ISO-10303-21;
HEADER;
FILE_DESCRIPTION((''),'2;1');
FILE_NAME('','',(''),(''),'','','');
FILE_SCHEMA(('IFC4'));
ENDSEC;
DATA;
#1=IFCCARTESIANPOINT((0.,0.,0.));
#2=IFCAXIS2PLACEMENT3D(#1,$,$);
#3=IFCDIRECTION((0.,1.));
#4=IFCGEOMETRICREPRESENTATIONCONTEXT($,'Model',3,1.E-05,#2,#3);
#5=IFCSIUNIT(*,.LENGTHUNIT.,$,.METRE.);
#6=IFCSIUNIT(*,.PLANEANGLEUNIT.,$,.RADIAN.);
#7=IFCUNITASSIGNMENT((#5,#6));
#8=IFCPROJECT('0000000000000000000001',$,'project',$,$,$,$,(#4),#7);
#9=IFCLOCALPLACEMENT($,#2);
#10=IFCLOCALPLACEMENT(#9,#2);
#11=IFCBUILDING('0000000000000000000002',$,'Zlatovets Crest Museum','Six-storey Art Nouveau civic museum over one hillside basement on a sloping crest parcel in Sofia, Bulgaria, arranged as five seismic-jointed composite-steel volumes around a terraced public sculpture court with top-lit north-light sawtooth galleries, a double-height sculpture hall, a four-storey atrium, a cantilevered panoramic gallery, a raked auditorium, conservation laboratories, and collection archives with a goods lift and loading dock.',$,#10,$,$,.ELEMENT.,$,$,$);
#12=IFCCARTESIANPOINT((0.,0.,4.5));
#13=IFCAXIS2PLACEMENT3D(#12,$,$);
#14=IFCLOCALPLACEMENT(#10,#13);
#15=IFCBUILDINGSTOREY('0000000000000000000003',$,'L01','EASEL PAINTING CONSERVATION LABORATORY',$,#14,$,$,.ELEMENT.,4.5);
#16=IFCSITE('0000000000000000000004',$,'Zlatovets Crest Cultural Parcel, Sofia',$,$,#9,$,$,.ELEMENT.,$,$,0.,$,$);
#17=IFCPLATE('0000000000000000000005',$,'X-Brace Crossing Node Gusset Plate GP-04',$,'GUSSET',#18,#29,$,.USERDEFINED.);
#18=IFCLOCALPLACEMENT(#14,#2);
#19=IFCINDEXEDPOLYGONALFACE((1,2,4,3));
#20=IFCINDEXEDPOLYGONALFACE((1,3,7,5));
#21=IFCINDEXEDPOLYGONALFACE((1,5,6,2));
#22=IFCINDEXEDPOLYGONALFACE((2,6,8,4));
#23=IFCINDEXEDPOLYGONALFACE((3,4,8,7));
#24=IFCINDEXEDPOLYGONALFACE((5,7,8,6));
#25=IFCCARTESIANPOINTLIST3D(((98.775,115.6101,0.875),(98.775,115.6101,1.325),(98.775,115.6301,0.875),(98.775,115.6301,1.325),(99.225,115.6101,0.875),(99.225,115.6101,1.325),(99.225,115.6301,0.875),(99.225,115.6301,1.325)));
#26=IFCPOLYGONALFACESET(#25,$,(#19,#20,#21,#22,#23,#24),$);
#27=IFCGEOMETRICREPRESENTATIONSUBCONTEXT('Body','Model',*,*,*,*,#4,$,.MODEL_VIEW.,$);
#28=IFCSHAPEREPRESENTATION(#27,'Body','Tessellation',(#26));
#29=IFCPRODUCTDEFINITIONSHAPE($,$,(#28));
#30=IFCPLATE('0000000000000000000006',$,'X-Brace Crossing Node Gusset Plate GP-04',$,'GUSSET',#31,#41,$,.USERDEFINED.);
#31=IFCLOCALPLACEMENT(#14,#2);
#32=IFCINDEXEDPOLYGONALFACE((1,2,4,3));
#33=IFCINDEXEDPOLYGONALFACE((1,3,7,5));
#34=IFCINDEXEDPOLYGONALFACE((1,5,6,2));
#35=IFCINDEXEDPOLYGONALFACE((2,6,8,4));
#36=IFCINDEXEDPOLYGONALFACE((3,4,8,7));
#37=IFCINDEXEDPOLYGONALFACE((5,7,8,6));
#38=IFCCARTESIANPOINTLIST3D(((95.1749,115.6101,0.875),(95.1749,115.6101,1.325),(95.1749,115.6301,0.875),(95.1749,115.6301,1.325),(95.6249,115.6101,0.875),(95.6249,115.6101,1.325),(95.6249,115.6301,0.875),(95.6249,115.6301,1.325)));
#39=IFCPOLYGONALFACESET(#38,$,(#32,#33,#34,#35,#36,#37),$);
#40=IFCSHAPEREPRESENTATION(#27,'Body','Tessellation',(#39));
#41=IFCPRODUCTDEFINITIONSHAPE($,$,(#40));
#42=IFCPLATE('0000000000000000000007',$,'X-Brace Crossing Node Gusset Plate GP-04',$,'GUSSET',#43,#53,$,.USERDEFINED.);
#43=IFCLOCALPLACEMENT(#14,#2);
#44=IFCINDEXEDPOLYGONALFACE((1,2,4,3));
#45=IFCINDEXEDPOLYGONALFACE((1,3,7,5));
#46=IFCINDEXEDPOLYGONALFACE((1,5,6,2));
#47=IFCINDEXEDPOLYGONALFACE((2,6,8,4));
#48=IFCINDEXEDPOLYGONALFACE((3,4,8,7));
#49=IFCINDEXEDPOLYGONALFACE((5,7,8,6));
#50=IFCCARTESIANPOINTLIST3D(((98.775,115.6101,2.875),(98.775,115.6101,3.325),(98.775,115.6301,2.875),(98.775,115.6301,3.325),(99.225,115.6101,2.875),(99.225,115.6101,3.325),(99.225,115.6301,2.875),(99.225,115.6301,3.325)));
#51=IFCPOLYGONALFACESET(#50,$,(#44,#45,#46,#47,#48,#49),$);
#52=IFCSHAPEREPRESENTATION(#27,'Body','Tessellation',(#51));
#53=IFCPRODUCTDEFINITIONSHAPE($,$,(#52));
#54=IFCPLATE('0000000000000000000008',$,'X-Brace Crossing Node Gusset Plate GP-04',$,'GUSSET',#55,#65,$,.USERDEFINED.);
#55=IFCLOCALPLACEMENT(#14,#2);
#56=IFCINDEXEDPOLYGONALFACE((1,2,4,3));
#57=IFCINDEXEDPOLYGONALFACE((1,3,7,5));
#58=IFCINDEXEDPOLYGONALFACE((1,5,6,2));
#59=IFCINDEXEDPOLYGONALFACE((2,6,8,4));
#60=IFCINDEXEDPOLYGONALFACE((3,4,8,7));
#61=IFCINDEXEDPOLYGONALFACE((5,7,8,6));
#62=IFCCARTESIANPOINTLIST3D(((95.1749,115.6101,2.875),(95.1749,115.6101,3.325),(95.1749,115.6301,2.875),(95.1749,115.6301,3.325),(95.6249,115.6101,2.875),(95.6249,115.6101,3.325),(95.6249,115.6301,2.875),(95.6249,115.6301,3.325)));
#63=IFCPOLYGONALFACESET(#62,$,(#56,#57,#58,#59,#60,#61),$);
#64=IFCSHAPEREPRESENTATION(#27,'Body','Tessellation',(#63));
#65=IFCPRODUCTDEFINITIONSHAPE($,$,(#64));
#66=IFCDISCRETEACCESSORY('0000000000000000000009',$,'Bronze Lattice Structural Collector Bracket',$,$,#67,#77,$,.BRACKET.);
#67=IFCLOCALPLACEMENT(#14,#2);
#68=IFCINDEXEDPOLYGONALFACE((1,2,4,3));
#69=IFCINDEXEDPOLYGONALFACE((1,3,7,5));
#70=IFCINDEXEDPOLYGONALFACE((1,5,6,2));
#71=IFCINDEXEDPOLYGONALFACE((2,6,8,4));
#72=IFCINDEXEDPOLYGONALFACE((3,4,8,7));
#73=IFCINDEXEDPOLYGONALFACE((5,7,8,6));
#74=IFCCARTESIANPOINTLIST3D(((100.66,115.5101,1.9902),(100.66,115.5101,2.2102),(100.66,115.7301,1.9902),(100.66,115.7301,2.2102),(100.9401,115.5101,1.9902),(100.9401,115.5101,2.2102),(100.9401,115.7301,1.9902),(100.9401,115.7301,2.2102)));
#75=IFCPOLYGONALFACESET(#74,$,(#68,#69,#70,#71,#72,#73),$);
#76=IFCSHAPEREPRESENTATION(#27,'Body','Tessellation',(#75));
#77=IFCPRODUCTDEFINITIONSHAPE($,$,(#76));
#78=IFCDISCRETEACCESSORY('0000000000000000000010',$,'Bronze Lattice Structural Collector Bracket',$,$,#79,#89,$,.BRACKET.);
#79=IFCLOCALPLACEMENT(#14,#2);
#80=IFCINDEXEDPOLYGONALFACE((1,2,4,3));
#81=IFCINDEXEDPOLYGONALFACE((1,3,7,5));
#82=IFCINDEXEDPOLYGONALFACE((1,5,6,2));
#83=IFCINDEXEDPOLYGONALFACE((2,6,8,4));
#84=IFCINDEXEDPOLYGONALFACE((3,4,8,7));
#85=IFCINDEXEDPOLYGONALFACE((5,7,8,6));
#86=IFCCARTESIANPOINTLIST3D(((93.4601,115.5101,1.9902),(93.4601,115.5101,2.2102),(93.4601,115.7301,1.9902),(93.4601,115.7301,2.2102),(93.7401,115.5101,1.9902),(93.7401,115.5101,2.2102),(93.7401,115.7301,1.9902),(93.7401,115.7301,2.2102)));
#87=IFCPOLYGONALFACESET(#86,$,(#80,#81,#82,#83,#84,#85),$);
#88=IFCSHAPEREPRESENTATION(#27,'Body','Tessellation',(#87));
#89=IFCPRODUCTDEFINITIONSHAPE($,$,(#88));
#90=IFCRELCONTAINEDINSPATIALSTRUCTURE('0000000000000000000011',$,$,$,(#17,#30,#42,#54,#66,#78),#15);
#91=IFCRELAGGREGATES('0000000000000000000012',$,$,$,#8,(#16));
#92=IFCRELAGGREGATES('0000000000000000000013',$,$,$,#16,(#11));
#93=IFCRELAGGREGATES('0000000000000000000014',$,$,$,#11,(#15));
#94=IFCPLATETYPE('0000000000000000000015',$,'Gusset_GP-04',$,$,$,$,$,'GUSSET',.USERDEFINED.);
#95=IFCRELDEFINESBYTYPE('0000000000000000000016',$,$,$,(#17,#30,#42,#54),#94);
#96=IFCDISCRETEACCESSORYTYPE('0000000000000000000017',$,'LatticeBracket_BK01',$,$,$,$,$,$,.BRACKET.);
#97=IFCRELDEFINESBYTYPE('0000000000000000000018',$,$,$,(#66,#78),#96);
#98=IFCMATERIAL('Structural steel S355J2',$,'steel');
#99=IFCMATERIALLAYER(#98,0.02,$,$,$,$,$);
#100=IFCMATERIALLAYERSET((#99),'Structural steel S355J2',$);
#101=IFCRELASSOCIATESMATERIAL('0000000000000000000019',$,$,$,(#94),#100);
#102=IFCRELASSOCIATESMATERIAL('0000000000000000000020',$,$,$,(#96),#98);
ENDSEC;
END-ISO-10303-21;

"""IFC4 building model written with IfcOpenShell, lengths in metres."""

from ifc_helpers import new_model, si_unit, direction, frame, origin, origin_2d, place, context, subcontext, project, spatial, rectangle, extrude, material, layer, layer_set, type_object, element, save


model = new_model("IFC4")

# Units and contexts
model_context = context("Model", 3, precision=1e-05, world=origin(), true_north=direction((0.0, 1.0)))
body_context = subcontext(model_context, "Body", "Model", "MODEL_VIEW")
ifc_project = project(units=[si_unit("LENGTHUNIT", "METRE"), si_unit("PLANEANGLEUNIT", "RADIAN")], contexts=[model_context])

# Site, building, storey
site_placement = place(None, origin())
site = spatial("IfcSite", under=ifc_project, at=site_placement, Name="Zlatovets Crest Cultural Parcel, Sofia", CompositionType="ELEMENT", RefElevation=0.0)
building_placement = place(site_placement, origin())
building = spatial("IfcBuilding", under=site, at=building_placement, Name="Zlatovets Crest Museum", Description="Six-storey Art Nouveau civic museum over one hillside basement on a sloping crest parcel in Sofia, Bulgaria, arranged as five seismic-jointed composite-steel volumes around a terraced public sculpture court with top-lit north-light sawtooth galleries, a double-height sculpture hall, a four-storey atrium, a cantilevered panoramic gallery, a raked auditorium, conservation laboratories, and collection archives with a goods lift and loading dock.", CompositionType="ELEMENT")
storey_placement = place(building_placement, frame((0.0, 0.0, 4.5)))
storey = spatial("IfcBuildingStorey", under=building, at=storey_placement, Name="L01", Description="EASEL PAINTING CONSERVATION LABORATORY", CompositionType="ELEMENT", Elevation=4.5)

# Shared definitions
ifc_material_1 = material(Name="Structural steel S355J2", Category="steel")

# Plates
ifc_layer_1 = layer(ifc_material_1, 0.02)
ifc_layer_set_1 = layer_set([ifc_layer_1], Name="Structural steel S355J2")
plate_type_1 = type_object("IfcPlateType", Name="Gusset_GP-04", ElementType="GUSSET", PredefinedType="USERDEFINED", material=ifc_layer_set_1)
for number, where, z_axis, x_axis, name in (
    (1, (99.0, 115.6201, 0.875), (0.0, 0.0, 1.0), (1.0, 0.0, 0.0), "X-Brace Crossing Node Gusset Plate GP-04"),
    (2, (95.3999, 115.6201, 0.875), (0.0, 0.0, 1.0), (1.0, 0.0, 0.0), "X-Brace Crossing Node Gusset Plate GP-04"),
    (3, (99.0, 115.6201, 2.875), (0.0, 0.0, 1.0), (1.0, 0.0, 0.0), "X-Brace Crossing Node Gusset Plate GP-04"),
    (4, (95.3999, 115.6201, 2.875), (0.0, 0.0, 1.0), (1.0, 0.0, 0.0), "X-Brace Crossing Node Gusset Plate GP-04"),
):
    element("IfcPlate", number, at=place(storey_placement, frame(where, z_axis=z_axis, x_axis=x_axis)), inside=storey, type_object=plate_type_1, Name=name, ObjectType="GUSSET", PredefinedType="USERDEFINED", context=body_context, shape_type="SweptSolid", body=[
        extrude(rectangle(XDim=0.45, YDim=0.02, at=origin_2d()), origin(), (0.0, 0.0, 1.0), 0.45),
    ])

# Discrete accessories
discrete_accessory_type = type_object("IfcDiscreteAccessoryType", Name="LatticeBracket_BK01", PredefinedType="BRACKET", material=ifc_material_1)
for number, where, z_axis, x_axis, name in (
    (5, (100.8, 115.6201, 1.9902), (0.0, 0.0, 1.0), (1.0, 0.0, 0.0), "Bronze Lattice Structural Collector Bracket"),
    (6, (93.6001, 115.6201, 1.9902), (0.0, 0.0, 1.0), (1.0, 0.0, 0.0), "Bronze Lattice Structural Collector Bracket"),
):
    element("IfcDiscreteAccessory", number, at=place(storey_placement, frame(where, z_axis=z_axis, x_axis=x_axis)), inside=storey, type_object=discrete_accessory_type, Name=name, PredefinedType="BRACKET", context=body_context, shape_type="SweptSolid", body=[
        extrude(rectangle(XDim=0.28, YDim=0.22, at=origin_2d()), origin(), (0.0, 0.0, 1.0), 0.22),
    ])

save(model, "model.ifc")
